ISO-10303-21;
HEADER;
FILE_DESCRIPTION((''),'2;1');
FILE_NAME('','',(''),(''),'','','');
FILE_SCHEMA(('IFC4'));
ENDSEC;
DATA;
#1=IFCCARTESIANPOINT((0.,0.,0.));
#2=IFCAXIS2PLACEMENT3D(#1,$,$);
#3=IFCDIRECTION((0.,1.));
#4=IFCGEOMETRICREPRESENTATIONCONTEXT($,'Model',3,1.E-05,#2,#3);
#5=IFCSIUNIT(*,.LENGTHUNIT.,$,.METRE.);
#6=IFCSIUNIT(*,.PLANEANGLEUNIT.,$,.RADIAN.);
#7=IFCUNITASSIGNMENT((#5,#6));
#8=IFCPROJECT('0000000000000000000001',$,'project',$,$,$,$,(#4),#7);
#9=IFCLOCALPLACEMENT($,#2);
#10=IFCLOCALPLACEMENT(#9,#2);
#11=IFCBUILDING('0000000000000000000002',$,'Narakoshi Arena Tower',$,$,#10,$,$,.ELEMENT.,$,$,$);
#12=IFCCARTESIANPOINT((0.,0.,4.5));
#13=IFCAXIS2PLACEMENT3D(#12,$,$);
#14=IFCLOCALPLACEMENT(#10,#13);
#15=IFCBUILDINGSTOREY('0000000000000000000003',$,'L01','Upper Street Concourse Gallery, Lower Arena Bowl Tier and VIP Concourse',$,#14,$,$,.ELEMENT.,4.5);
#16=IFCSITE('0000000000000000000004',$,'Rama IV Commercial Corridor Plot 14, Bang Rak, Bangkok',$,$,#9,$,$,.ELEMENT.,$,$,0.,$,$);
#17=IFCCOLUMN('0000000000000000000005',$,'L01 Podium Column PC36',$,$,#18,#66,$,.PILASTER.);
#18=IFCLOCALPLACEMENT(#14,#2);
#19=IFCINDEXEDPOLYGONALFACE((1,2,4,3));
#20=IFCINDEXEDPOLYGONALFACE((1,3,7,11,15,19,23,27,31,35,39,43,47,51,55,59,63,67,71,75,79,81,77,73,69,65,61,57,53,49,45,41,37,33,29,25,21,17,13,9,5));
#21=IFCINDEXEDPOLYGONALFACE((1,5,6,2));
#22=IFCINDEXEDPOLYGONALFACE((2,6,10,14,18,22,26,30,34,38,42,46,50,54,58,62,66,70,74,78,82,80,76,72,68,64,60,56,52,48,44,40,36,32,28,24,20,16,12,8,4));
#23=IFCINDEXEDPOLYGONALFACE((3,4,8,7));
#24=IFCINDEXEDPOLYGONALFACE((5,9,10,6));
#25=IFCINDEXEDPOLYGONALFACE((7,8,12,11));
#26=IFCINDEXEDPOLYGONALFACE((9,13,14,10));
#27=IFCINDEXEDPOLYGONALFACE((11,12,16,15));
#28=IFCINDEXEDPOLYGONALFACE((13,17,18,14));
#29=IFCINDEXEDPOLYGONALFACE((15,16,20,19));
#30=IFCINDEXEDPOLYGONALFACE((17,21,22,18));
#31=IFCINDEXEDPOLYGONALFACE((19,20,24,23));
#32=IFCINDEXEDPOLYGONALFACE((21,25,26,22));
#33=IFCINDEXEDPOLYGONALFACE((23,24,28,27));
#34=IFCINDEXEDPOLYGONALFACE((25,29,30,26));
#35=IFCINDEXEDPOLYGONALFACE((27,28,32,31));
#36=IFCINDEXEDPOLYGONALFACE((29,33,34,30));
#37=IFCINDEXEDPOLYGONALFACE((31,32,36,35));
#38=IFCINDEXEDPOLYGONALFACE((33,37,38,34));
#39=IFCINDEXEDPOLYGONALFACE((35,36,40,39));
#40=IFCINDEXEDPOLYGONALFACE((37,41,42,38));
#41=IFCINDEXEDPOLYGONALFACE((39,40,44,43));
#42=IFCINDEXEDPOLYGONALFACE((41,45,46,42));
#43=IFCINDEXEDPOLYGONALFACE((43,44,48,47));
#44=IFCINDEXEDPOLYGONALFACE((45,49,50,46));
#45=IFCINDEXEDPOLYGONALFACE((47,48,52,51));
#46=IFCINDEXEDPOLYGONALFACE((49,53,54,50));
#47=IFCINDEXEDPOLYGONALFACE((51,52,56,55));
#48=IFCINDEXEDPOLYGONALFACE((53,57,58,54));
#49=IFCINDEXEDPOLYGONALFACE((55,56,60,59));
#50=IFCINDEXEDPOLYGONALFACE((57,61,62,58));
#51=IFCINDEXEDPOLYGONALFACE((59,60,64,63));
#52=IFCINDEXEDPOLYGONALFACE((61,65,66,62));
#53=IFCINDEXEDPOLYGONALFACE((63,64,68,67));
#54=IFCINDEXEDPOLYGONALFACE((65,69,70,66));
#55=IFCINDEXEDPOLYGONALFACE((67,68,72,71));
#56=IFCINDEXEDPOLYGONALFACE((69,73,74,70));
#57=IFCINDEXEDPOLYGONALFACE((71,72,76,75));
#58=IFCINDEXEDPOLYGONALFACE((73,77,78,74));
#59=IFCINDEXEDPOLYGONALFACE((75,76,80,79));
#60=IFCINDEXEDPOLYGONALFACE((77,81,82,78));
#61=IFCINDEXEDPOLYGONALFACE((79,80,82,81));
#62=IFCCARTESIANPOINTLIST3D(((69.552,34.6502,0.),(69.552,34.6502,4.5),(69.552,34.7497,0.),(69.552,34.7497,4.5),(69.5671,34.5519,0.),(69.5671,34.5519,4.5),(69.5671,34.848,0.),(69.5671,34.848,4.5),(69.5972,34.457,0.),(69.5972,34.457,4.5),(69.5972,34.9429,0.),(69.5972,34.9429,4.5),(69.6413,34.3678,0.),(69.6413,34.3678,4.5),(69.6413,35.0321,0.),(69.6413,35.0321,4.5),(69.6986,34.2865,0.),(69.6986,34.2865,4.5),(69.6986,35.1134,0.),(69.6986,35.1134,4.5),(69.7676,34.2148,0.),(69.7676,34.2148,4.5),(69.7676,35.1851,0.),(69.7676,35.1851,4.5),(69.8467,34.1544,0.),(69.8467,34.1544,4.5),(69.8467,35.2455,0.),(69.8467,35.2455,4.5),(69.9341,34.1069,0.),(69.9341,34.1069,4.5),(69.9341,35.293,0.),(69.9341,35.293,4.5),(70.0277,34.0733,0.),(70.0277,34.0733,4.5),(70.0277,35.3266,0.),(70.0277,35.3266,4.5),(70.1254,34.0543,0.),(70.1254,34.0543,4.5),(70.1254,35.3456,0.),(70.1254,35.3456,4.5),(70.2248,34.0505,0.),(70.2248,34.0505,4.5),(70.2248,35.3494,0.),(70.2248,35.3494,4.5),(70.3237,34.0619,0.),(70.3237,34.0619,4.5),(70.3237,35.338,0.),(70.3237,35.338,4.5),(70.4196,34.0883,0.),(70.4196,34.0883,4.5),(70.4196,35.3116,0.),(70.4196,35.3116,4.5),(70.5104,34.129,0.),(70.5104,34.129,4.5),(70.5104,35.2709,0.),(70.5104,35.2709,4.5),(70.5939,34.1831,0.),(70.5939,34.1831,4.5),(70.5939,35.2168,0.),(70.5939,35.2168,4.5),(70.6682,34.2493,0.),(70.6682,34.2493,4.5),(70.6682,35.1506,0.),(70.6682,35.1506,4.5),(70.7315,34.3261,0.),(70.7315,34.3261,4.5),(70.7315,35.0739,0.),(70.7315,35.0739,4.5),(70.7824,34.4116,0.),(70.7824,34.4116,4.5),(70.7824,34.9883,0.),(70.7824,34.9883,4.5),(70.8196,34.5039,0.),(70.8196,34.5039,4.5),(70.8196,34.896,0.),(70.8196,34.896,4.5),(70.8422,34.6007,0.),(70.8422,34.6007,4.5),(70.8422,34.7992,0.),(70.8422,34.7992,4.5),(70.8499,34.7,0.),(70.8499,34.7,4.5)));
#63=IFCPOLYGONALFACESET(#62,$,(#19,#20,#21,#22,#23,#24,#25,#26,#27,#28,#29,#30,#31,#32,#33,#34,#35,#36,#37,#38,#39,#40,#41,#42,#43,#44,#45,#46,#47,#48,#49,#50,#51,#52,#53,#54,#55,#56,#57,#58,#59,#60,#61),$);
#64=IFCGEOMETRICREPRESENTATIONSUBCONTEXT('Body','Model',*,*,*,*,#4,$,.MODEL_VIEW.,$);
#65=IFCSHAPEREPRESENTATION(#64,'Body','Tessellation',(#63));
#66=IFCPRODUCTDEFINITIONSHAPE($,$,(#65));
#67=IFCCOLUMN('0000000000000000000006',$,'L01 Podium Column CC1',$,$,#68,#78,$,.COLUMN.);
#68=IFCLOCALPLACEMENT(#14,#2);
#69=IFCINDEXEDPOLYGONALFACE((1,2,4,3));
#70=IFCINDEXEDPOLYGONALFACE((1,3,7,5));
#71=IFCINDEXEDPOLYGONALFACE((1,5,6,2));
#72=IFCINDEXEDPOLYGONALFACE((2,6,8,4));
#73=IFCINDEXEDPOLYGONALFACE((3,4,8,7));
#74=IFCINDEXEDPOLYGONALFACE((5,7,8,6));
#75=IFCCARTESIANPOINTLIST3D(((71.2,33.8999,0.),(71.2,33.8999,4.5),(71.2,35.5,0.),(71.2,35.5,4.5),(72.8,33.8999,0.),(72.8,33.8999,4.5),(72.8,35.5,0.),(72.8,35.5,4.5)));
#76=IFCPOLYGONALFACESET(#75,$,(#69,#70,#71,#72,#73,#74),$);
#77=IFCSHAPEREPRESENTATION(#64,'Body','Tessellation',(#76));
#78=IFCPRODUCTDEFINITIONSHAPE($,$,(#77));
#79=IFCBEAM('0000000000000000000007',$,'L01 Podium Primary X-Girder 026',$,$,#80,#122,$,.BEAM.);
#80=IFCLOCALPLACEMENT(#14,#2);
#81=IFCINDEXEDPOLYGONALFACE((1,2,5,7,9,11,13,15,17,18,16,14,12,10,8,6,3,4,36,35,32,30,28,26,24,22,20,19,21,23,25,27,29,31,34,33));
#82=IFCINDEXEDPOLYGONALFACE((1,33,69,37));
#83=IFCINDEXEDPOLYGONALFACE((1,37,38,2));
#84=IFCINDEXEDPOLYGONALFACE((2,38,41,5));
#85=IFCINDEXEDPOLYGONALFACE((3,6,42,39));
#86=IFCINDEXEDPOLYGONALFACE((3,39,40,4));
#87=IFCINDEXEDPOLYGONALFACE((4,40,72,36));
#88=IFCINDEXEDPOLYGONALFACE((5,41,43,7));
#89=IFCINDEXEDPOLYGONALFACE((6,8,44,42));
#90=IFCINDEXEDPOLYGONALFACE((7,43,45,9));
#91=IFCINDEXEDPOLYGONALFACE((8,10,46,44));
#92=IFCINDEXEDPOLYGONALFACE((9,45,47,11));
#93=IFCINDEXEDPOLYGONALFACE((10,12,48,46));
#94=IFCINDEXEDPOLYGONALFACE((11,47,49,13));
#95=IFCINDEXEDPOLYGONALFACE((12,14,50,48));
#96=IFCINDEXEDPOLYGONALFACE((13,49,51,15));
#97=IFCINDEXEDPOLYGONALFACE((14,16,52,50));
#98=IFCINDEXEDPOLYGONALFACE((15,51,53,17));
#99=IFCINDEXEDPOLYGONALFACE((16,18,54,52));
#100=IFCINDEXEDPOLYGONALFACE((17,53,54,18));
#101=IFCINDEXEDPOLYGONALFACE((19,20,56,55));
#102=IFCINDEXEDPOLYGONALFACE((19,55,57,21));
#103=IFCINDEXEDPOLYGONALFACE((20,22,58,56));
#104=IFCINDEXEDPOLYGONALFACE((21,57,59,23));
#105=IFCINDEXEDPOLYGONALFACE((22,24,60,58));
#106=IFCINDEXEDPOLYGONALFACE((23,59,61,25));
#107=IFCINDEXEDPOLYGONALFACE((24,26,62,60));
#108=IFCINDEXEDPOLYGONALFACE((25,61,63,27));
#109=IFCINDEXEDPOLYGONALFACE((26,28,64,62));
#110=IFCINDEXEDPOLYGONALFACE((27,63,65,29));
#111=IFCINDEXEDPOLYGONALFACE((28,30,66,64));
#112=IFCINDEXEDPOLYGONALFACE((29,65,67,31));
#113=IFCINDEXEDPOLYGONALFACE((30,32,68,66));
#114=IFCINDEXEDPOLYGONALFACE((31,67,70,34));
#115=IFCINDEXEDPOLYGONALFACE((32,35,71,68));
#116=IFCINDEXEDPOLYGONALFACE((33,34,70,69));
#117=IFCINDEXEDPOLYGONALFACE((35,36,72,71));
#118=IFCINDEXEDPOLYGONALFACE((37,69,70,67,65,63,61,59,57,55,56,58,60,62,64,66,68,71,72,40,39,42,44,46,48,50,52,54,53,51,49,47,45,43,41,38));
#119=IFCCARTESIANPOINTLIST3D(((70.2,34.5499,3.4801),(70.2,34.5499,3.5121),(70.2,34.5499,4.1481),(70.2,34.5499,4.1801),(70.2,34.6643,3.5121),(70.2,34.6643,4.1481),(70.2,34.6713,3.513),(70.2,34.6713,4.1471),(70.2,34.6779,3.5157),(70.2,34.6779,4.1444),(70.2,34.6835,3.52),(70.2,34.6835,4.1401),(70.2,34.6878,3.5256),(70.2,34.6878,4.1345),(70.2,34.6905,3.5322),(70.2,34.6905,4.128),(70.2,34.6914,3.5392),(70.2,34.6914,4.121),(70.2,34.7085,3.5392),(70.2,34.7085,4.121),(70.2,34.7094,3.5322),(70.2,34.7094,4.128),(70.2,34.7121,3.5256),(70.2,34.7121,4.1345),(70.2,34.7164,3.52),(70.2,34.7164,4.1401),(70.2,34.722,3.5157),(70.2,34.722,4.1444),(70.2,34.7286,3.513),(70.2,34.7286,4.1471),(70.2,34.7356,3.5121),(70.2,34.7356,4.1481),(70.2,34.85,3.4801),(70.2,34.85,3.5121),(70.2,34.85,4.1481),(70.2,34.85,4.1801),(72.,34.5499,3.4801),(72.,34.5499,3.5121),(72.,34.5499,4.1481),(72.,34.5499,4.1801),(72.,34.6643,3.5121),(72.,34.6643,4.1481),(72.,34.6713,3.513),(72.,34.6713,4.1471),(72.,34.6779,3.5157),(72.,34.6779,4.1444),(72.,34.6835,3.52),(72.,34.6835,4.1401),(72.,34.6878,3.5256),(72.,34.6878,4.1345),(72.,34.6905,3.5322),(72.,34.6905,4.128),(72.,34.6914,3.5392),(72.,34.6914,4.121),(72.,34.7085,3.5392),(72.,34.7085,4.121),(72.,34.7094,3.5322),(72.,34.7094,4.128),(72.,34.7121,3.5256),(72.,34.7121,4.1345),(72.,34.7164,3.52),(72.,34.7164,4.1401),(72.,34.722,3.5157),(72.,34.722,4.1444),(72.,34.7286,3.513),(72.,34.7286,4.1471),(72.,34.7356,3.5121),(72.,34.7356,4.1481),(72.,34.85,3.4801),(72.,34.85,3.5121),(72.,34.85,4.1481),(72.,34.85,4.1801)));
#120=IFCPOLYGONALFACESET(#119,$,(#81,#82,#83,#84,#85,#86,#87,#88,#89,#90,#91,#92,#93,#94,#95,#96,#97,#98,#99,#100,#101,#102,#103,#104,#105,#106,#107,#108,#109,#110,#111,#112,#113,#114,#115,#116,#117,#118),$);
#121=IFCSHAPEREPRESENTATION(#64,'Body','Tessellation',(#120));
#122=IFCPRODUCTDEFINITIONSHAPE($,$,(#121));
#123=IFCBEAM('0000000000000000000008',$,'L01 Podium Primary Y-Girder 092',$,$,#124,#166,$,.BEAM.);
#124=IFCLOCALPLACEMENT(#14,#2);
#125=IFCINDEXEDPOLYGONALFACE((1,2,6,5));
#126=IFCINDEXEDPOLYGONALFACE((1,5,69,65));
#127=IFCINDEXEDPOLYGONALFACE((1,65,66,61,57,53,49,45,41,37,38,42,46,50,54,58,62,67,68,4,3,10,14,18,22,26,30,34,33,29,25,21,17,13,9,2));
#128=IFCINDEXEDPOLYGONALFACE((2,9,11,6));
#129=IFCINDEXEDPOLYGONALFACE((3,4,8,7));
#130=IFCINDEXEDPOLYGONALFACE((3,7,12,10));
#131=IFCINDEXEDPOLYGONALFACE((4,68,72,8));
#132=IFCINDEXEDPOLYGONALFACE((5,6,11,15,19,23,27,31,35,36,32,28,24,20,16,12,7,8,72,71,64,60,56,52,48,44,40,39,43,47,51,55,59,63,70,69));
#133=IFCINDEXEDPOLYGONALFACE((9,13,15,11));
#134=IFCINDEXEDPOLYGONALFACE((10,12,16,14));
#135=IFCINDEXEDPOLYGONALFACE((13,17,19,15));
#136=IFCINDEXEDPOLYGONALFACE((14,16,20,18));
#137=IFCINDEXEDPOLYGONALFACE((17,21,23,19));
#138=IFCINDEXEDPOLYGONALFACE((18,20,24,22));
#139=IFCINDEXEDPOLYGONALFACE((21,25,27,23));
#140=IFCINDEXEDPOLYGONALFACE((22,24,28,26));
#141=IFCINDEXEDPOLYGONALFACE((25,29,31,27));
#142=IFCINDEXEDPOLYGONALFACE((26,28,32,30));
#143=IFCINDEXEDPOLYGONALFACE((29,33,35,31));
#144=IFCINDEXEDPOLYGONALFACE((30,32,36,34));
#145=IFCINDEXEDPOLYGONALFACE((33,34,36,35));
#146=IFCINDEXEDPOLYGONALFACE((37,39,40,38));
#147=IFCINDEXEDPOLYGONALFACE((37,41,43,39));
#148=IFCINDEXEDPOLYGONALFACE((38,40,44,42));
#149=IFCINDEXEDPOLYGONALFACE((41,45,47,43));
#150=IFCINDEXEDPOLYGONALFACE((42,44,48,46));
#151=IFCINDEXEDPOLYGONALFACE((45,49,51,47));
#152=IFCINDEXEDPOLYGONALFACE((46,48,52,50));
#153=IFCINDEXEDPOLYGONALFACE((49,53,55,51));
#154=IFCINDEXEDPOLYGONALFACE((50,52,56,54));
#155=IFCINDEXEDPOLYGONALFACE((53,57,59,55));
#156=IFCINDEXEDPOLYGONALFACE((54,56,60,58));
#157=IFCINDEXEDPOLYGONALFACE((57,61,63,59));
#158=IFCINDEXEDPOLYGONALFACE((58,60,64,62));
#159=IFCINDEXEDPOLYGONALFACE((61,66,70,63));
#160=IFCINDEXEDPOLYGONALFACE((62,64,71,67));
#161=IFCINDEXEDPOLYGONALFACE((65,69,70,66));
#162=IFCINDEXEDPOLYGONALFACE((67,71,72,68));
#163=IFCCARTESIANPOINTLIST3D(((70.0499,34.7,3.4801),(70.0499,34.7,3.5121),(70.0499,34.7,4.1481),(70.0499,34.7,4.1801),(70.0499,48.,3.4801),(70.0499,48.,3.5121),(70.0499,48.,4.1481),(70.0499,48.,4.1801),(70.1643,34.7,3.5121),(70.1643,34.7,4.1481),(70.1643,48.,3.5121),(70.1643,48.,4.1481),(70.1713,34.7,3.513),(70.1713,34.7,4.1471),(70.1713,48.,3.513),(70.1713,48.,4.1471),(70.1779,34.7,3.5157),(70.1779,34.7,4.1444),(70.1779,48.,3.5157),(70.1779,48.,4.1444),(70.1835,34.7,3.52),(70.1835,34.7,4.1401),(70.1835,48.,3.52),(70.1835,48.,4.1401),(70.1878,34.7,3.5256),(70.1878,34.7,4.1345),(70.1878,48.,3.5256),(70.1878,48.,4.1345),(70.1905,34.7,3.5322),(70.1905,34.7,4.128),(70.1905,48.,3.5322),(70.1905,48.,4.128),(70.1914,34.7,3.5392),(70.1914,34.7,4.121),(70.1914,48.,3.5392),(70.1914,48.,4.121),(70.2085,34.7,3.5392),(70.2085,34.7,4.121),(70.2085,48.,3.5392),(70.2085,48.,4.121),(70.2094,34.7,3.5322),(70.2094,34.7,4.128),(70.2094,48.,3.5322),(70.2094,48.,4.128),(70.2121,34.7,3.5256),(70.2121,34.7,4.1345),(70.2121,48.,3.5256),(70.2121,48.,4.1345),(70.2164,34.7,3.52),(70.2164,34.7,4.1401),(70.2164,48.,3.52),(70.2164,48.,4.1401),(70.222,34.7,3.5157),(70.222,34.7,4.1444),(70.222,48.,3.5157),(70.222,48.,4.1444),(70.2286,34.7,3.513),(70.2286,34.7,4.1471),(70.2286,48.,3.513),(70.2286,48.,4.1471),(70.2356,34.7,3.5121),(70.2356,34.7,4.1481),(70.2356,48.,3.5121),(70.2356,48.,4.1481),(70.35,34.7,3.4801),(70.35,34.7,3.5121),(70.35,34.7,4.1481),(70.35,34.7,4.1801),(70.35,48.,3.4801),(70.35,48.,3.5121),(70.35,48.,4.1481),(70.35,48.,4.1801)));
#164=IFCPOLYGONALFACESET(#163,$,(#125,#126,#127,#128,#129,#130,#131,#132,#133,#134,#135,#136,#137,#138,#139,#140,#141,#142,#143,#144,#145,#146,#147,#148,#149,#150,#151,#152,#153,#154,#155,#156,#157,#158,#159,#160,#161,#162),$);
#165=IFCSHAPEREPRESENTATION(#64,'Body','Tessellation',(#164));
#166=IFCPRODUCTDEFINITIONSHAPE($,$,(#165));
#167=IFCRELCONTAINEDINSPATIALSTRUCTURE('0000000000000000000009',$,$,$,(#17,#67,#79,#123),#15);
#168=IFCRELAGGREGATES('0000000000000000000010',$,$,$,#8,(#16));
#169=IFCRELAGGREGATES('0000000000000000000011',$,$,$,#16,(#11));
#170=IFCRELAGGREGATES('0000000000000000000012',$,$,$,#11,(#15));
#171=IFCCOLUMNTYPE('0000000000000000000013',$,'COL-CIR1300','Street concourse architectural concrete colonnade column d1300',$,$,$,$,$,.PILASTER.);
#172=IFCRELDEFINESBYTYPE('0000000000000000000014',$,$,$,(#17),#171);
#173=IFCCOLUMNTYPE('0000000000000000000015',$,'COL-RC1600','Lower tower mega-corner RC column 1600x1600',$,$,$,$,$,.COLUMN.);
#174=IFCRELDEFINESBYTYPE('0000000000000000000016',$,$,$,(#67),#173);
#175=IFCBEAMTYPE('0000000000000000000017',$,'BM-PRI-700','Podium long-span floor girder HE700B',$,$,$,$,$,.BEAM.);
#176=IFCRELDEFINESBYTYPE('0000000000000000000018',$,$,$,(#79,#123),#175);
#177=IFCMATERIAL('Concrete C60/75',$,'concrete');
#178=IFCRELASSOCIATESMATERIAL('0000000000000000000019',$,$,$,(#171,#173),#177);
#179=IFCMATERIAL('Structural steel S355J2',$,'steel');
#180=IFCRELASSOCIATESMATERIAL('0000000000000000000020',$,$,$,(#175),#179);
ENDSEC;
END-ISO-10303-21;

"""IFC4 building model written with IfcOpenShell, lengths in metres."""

from ifc_helpers import new_model, si_unit, direction, frame, origin, origin_2d, place, context, subcontext, project, spatial, rectangle, circle, i_section, extrude, material, material_profile, profile_set, type_object, element, save


model = new_model("IFC4")

# Units and contexts
model_context = context("Model", 3, precision=1e-05, world=origin(), true_north=direction((0.0, 1.0)))
body_context = subcontext(model_context, "Body", "Model", "MODEL_VIEW")
ifc_project = project(units=[si_unit("LENGTHUNIT", "METRE"), si_unit("PLANEANGLEUNIT", "RADIAN")], contexts=[model_context])

# Site, building, storey
site_placement = place(None, origin())
site = spatial("IfcSite", under=ifc_project, at=site_placement, Name="Rama IV Commercial Corridor Plot 14, Bang Rak, Bangkok", CompositionType="ELEMENT", RefElevation=0.0)
building_placement = place(site_placement, origin())
building = spatial("IfcBuilding", under=site, at=building_placement, Name="Narakoshi Arena Tower", CompositionType="ELEMENT")
storey_placement = place(building_placement, frame((0.0, 0.0, 4.5)))
storey = spatial("IfcBuildingStorey", under=building, at=storey_placement, Name="L01", Description="Upper Street Concourse Gallery, Lower Arena Bowl Tier and VIP Concourse", CompositionType="ELEMENT", Elevation=4.5)

# Columns
ifc_material_1 = material(Name="Concrete C60/75", Category="concrete")
ifc_material_profile_1 = material_profile(ifc_material_1, circle(Radius=0.6499, at=origin_2d()), Name="RCC1300")
ifc_profile_set_1 = profile_set([ifc_material_profile_1], Name="Concrete C60/75")
column_type_1 = type_object("IfcColumnType", Name="COL-CIR1300", Description="Street concourse architectural concrete colonnade column d1300", PredefinedType="PILASTER", material=ifc_profile_set_1)
column_1_placement = place(storey_placement, frame((70.2, 34.7, 0.0), z_axis=(0.0, 0.0, 1.0), x_axis=(1.0, 0.0, 0.0)))
element("IfcColumn", 1, at=column_1_placement, inside=storey, type_object=column_type_1, Name="L01 Podium Column PC36", PredefinedType="PILASTER", context=body_context, shape_type="SweptSolid", body=[
    extrude(circle(Radius=0.6499, at=origin_2d()), origin(), (0.0, 0.0, 1.0), 4.5),
])
ifc_material_profile_2 = material_profile(ifc_material_1, rectangle(XDim=1.6001, YDim=1.6001, at=origin_2d()), Name="RC1600x1600")
ifc_profile_set_2 = profile_set([ifc_material_profile_2], Name="Concrete C60/75")
column_type_2 = type_object("IfcColumnType", Name="COL-RC1600", Description="Lower tower mega-corner RC column 1600x1600", PredefinedType="COLUMN", material=ifc_profile_set_2)
column_2_placement = place(storey_placement, frame((72.0, 34.7, 0.0), z_axis=(0.0, 0.0, 1.0), x_axis=(1.0, 0.0, 0.0)))
element("IfcColumn", 2, at=column_2_placement, inside=storey, type_object=column_type_2, Name="L01 Podium Column CC1", PredefinedType="COLUMN", context=body_context, shape_type="SweptSolid", body=[
    extrude(rectangle(XDim=1.6001, YDim=1.6001, at=origin_2d()), origin(), (0.0, 0.0, 1.0), 4.5),
])

# Beams
ifc_material_2 = material(Name="Structural steel S355J2", Category="steel")
ifc_material_profile_3 = material_profile(ifc_material_2, i_section(OverallWidth=0.3, OverallDepth=0.7, WebThickness=0.0171, FlangeThickness=0.032, FilletRadius=0.0271, at=origin_2d()), Name="HE700B")
ifc_profile_set_3 = profile_set([ifc_material_profile_3], Name="Structural steel S355J2")
beam_type = type_object("IfcBeamType", Name="BM-PRI-700", Description="Podium long-span floor girder HE700B", PredefinedType="BEAM", material=ifc_profile_set_3)
beam_1_placement = place(storey_placement, frame((70.2, 34.7, 3.8301), z_axis=(1.0, 0.0, 0.0), x_axis=(0.0, 1.0, 0.0)))
element("IfcBeam", 3, at=beam_1_placement, inside=storey, type_object=beam_type, Name="L01 Podium Primary X-Girder 026", PredefinedType="BEAM", context=body_context, shape_type="SweptSolid", body=[
    extrude(i_section(OverallWidth=0.3, OverallDepth=0.7, WebThickness=0.0171, FlangeThickness=0.032, FilletRadius=0.0271, at=origin_2d()), origin(), (0.0, 0.0, 1.0), 1.8),
])
beam_2_placement = place(storey_placement, frame((70.2, 34.7, 3.8301), z_axis=(0.0, 1.0, 0.0), x_axis=(-1.0, 0.0, 0.0)))
element("IfcBeam", 4, at=beam_2_placement, inside=storey, type_object=beam_type, Name="L01 Podium Primary Y-Girder 092", PredefinedType="BEAM", context=body_context, shape_type="SweptSolid", body=[
    extrude(i_section(OverallWidth=0.3, OverallDepth=0.7, WebThickness=0.0171, FlangeThickness=0.032, FilletRadius=0.0271, at=origin_2d()), origin(), (0.0, 0.0, 1.0), 13.3),
])

save(model, "model.ifc")
